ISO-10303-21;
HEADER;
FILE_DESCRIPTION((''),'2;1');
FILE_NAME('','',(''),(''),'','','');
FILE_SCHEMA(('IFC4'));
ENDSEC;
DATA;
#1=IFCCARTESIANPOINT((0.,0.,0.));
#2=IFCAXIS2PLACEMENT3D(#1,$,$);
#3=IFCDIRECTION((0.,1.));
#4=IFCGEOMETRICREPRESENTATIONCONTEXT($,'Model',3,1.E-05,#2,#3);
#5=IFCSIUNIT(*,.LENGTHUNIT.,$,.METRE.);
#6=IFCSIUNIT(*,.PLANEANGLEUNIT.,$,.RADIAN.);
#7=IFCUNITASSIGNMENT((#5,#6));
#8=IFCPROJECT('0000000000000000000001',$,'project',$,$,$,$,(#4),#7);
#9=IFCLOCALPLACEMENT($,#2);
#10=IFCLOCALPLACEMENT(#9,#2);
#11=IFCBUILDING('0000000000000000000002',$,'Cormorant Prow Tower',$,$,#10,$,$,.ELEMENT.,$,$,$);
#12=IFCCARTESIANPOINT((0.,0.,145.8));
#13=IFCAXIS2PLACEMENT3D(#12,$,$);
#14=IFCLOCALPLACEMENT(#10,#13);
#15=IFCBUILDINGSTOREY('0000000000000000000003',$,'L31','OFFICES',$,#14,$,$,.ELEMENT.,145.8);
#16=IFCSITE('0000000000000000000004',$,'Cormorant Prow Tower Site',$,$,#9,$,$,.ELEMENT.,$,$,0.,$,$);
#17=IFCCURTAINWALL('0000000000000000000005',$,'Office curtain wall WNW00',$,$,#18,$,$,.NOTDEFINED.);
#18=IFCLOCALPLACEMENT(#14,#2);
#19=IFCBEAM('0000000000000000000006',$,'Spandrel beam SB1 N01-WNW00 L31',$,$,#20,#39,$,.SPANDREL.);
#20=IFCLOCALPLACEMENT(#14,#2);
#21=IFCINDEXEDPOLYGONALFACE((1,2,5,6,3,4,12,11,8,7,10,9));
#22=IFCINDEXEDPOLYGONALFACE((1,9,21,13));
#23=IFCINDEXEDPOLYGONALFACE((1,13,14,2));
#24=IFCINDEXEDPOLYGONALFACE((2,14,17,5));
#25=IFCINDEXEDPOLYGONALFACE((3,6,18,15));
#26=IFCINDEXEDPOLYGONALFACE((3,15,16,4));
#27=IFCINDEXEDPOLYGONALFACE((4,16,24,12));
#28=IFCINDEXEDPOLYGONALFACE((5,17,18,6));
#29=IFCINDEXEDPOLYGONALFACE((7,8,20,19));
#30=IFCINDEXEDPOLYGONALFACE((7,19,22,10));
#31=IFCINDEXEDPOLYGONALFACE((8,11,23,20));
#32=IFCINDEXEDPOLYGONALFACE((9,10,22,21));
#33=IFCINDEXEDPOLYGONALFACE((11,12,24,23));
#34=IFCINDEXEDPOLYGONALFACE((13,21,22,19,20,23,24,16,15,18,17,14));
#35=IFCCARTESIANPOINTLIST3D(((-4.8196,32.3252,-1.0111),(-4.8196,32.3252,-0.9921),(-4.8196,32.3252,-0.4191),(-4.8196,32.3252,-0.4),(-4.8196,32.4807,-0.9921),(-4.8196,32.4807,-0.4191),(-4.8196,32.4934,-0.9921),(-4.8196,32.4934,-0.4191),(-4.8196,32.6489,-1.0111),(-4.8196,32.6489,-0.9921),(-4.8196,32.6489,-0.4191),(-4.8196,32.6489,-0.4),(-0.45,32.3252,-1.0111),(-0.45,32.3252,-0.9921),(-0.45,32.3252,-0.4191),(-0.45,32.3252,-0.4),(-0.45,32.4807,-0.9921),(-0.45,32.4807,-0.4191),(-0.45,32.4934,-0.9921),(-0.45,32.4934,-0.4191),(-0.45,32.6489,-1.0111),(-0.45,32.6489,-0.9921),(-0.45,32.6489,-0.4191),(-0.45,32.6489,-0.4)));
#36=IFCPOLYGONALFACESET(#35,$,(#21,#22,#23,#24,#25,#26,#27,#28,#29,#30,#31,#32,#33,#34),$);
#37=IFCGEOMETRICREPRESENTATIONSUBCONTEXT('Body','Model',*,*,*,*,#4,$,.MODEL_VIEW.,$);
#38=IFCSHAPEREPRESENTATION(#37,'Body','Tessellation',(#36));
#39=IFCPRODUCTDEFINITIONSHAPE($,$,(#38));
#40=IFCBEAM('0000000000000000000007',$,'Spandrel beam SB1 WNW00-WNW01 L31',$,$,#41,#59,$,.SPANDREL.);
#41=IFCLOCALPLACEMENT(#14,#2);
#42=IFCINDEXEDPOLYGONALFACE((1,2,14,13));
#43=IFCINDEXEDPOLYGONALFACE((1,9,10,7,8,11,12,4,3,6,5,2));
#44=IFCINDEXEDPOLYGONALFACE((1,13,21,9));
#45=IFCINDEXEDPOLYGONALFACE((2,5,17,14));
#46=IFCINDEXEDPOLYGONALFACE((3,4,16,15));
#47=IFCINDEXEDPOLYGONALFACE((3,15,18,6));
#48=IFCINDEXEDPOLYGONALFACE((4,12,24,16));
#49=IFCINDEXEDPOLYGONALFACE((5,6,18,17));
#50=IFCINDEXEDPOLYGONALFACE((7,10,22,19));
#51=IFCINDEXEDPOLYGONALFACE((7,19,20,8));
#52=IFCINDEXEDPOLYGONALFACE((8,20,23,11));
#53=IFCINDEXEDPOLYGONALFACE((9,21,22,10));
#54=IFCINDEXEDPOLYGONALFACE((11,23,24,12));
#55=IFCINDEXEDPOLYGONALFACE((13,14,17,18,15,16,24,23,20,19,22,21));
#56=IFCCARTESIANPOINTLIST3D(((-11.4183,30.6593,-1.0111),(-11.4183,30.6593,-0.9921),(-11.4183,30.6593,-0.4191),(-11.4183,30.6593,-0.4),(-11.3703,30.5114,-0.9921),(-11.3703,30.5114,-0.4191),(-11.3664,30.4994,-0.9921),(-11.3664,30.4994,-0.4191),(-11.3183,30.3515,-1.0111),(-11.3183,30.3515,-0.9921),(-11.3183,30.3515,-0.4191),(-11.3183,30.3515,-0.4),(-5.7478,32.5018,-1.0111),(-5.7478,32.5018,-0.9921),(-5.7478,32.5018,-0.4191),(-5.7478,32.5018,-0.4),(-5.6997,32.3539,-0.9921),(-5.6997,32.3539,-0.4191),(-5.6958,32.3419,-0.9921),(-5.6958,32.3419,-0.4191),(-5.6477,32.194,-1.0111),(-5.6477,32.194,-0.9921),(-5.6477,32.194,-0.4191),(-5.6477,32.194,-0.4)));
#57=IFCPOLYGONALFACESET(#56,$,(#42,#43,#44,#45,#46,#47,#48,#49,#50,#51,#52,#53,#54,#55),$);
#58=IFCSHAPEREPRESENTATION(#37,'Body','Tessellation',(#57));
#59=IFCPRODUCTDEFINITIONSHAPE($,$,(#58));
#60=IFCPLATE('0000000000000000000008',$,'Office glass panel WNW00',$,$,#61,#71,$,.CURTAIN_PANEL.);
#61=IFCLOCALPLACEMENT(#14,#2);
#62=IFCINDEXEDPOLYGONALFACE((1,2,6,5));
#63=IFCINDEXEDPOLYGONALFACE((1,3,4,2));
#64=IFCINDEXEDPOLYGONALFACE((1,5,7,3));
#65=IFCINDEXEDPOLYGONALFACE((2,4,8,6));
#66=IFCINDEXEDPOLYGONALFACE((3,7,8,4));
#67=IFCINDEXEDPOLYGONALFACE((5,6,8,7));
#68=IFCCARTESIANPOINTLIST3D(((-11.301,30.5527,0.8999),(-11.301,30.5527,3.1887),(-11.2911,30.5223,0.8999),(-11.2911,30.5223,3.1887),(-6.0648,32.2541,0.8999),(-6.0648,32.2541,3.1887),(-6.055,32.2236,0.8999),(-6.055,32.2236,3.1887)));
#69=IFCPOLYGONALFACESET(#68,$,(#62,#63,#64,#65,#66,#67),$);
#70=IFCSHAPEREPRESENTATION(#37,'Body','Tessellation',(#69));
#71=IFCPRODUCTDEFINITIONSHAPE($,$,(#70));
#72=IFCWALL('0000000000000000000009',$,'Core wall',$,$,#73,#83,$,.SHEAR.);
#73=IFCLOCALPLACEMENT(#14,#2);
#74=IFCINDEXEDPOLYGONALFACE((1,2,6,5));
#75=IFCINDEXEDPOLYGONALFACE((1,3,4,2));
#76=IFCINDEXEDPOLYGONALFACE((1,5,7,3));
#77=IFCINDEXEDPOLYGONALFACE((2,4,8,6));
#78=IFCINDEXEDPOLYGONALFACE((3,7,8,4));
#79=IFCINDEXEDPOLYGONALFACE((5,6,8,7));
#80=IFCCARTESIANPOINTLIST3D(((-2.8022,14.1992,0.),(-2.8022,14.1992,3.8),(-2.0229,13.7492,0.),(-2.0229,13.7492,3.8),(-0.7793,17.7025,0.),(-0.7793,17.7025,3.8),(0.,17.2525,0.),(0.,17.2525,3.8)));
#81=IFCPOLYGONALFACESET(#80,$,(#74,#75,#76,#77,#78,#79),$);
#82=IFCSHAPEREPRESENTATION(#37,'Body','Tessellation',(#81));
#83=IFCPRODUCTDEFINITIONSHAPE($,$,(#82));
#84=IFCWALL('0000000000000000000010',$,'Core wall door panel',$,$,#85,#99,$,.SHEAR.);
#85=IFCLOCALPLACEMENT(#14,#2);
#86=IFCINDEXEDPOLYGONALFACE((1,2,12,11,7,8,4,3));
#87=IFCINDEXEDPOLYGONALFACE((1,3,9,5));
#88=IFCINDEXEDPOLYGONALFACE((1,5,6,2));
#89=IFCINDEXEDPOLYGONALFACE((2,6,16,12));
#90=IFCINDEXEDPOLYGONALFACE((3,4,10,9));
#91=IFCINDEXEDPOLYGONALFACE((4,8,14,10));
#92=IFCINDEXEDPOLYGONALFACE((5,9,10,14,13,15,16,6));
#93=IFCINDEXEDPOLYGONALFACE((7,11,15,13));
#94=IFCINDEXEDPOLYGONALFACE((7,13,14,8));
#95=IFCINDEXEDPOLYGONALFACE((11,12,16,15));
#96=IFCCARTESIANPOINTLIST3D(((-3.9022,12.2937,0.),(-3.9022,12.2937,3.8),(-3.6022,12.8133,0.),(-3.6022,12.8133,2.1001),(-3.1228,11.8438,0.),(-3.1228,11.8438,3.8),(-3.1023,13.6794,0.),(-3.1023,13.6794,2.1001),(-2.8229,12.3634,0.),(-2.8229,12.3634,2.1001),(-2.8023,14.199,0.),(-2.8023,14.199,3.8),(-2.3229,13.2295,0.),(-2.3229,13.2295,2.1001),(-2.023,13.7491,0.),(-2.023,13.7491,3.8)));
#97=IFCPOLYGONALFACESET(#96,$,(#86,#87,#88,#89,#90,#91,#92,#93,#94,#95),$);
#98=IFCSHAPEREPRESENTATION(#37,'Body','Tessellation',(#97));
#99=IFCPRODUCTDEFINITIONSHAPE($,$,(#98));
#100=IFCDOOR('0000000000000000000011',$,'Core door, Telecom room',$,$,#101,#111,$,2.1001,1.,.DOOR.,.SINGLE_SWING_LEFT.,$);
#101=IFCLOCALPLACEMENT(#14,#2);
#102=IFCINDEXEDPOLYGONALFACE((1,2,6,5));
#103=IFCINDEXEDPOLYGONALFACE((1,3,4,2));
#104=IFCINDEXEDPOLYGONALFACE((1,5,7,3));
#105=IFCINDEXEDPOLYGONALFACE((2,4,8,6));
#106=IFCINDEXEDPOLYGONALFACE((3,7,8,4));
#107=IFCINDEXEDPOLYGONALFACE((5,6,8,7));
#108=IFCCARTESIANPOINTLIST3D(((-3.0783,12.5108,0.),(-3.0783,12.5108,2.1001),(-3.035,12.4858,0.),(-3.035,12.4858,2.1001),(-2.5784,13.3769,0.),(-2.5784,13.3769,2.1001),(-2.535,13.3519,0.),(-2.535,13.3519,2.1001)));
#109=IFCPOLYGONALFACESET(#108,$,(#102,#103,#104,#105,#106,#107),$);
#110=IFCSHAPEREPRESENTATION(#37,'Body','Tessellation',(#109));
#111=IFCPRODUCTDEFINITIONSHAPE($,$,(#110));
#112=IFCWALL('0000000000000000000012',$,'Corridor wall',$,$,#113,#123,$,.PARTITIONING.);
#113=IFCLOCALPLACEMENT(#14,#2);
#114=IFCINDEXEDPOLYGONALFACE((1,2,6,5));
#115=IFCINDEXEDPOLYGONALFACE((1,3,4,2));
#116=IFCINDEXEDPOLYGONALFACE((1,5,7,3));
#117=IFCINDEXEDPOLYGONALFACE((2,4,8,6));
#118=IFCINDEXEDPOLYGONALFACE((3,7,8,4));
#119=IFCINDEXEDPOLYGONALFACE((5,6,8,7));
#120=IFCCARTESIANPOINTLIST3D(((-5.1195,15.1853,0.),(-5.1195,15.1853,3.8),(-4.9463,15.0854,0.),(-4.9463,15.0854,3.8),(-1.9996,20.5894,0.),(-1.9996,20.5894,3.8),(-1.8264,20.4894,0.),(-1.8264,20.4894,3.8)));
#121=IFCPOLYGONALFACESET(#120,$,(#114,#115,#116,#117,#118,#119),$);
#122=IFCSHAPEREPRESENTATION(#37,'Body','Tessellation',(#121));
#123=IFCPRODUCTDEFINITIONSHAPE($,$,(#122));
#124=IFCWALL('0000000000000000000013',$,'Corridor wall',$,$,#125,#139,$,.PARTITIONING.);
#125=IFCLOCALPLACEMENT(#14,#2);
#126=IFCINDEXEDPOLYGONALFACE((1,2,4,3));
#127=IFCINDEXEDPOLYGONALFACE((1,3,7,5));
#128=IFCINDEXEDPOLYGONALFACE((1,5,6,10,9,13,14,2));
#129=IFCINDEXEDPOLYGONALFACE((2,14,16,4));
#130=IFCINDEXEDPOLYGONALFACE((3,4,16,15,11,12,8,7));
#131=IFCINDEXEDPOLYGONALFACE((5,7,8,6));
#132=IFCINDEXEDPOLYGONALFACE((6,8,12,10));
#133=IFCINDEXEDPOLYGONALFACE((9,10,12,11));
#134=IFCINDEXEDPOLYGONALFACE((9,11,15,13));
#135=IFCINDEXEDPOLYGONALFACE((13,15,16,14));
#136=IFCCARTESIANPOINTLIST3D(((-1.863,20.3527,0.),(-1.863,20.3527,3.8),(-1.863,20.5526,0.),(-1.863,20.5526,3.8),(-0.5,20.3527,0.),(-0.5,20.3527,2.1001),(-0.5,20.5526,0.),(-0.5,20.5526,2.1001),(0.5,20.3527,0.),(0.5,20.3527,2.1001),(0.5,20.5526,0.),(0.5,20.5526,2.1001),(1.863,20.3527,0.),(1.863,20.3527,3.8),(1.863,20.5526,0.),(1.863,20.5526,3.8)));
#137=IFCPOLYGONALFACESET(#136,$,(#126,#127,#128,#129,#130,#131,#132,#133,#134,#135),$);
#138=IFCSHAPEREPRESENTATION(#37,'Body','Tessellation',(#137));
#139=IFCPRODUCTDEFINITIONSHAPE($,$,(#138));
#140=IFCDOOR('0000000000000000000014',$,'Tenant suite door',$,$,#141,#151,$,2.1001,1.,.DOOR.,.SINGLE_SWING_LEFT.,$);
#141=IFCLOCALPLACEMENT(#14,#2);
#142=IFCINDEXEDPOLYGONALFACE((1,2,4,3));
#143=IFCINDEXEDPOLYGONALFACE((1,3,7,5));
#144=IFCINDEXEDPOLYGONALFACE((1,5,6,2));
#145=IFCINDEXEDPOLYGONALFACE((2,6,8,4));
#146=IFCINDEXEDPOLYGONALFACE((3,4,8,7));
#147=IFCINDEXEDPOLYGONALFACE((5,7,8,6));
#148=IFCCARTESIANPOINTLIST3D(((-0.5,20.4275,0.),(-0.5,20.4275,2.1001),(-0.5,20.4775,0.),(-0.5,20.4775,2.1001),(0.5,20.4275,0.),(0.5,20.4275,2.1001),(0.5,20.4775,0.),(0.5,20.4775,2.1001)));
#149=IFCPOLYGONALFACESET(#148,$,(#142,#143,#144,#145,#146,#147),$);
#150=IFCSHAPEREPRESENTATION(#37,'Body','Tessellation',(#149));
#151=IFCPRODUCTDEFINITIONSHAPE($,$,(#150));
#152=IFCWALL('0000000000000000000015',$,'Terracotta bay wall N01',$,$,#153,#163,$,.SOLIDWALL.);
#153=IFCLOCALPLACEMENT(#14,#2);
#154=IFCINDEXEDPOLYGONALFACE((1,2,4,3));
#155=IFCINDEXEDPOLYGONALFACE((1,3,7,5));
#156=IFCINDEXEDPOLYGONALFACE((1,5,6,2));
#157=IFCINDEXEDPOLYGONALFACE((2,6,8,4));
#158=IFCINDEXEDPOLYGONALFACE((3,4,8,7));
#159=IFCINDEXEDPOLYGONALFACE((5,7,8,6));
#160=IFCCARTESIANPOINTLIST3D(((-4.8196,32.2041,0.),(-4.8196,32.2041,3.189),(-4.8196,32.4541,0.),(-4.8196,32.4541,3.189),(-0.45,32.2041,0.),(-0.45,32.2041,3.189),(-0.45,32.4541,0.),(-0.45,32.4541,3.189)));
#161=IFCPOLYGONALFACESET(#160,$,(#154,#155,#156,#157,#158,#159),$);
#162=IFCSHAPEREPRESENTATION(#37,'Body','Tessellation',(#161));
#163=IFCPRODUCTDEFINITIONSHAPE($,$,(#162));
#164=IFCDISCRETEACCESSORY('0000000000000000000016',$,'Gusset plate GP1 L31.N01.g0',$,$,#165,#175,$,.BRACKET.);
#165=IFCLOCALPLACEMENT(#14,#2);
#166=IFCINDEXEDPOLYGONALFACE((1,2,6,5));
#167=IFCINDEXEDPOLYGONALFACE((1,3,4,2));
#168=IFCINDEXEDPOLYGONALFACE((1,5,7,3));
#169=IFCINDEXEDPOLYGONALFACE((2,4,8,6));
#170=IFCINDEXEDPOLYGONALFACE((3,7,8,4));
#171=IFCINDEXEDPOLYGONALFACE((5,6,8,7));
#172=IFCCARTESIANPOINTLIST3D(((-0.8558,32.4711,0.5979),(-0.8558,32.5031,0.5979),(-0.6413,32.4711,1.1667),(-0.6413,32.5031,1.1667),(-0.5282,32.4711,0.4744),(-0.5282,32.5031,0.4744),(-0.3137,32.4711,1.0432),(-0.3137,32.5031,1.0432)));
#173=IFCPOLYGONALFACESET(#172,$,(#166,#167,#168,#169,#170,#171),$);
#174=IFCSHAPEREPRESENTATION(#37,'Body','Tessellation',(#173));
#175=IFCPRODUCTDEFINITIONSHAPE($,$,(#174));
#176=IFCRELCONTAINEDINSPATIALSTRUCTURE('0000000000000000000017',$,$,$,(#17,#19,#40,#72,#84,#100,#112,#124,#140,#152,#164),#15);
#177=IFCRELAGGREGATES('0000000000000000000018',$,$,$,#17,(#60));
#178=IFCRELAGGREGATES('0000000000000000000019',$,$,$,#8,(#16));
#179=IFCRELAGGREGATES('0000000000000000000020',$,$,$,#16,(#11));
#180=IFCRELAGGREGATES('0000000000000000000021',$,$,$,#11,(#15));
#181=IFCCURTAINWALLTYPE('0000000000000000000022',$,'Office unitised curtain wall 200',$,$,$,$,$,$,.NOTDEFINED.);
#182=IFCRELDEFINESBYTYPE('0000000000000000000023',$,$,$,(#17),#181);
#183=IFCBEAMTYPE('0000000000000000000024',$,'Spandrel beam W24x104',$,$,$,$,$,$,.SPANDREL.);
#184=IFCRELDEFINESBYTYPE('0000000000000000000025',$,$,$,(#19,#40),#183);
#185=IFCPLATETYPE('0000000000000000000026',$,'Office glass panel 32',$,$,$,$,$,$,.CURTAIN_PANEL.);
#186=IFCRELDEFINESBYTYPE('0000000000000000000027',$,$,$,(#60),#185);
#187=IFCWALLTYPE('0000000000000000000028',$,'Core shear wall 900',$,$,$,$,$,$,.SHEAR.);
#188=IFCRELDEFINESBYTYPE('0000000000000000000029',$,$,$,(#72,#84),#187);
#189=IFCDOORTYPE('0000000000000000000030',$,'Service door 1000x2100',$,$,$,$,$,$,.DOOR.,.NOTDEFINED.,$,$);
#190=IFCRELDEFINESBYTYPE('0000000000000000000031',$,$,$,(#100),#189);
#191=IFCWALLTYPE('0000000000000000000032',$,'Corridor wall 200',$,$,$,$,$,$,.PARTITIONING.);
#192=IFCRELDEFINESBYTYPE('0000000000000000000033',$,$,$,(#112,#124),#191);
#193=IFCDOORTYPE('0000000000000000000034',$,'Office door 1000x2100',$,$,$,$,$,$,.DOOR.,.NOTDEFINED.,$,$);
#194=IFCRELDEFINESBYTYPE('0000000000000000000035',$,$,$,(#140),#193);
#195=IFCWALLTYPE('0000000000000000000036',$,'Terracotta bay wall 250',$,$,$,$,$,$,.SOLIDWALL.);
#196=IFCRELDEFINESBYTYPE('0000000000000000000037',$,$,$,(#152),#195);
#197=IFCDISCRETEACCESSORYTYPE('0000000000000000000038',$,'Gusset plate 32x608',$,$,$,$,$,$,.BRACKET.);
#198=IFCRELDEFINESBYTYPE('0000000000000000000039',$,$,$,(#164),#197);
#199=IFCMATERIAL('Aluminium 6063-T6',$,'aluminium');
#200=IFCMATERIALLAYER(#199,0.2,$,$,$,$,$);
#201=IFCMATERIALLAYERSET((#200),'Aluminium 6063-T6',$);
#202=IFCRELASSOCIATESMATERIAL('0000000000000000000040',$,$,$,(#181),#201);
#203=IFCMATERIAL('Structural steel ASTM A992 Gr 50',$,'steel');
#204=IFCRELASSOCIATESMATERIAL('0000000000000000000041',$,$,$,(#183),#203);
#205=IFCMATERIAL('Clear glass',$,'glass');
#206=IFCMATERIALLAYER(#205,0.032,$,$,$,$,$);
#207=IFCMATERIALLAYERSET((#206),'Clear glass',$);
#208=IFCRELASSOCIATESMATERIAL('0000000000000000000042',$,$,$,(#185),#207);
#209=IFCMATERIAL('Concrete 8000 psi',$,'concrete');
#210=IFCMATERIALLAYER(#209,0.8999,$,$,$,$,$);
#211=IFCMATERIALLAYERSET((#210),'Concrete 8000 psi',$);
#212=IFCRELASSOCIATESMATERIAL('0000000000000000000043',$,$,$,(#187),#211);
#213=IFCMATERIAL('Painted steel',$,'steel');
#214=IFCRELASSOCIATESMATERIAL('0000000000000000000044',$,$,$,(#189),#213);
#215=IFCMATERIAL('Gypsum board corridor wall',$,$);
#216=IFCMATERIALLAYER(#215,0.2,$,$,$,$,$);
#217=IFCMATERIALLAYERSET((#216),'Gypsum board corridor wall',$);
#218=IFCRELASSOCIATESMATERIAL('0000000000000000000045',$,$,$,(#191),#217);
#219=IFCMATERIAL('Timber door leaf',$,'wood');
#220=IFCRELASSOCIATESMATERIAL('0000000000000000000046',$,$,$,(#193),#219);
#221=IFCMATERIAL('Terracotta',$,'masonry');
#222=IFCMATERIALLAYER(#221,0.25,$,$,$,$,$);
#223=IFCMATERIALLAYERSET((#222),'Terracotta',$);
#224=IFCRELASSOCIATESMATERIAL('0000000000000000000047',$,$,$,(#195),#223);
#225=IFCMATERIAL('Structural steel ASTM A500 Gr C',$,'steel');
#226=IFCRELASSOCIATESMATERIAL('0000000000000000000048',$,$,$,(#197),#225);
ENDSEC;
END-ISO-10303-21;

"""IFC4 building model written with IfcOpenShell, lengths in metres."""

from ifc_helpers import new_model, si_unit, direction, frame, frame_2d, origin, origin_2d, place, context, subcontext, project, spatial, rectangle, i_section, extrude, material, layer, layer_set, material_profile, profile_set, type_object, element, fill, aggregate, save


model = new_model("IFC4")

# Units and contexts
model_context = context("Model", 3, precision=1e-05, world=origin(), true_north=direction((0.0, 1.0)))
body_context = subcontext(model_context, "Body", "Model", "MODEL_VIEW")
ifc_project = project(units=[si_unit("LENGTHUNIT", "METRE"), si_unit("PLANEANGLEUNIT", "RADIAN")], contexts=[model_context])

# Site, building, storey
site_placement = place(None, origin())
site = spatial("IfcSite", under=ifc_project, at=site_placement, Name="Cormorant Prow Tower Site", CompositionType="ELEMENT", RefElevation=0.0)
building_placement = place(site_placement, origin())
building = spatial("IfcBuilding", under=site, at=building_placement, Name="Cormorant Prow Tower", CompositionType="ELEMENT")
storey_placement = place(building_placement, frame((0.0, 0.0, 145.8)))
storey = spatial("IfcBuildingStorey", under=building, at=storey_placement, Name="L31", Description="OFFICES", CompositionType="ELEMENT", Elevation=145.8)

# Curtain wall
ifc_material_1 = material(Name="Aluminium 6063-T6", Category="aluminium")
ifc_layer_1 = layer(ifc_material_1, 0.2)
ifc_layer_set_1 = layer_set([ifc_layer_1], Name="Aluminium 6063-T6")
curtain_wall_type = type_object("IfcCurtainWallType", Name="Office unitised curtain wall 200", PredefinedType="NOTDEFINED", material=ifc_layer_set_1)
curtain_wall_placement = place(storey_placement, origin())
curtain_wall = element("IfcCurtainWall", 1, at=curtain_wall_placement, inside=storey, type_object=curtain_wall_type, Name="Office curtain wall WNW00", PredefinedType="NOTDEFINED")

# Beams
ifc_material_2 = material(Name="Structural steel ASTM A992 Gr 50", Category="steel")
ifc_material_profile_1 = material_profile(ifc_material_2, i_section(OverallWidth=0.3237, OverallDepth=0.6111, WebThickness=0.0127, FlangeThickness=0.019, at=origin_2d()), Name="W24x104")
ifc_profile_set_1 = profile_set([ifc_material_profile_1], Name="Structural steel ASTM A992 Gr 50")
beam_type_1 = type_object("IfcBeamType", Name="Spandrel beam W24x104", PredefinedType="SPANDREL", material=ifc_profile_set_1)
beam_1_placement = place(storey_placement, frame((-0.45, 32.4871, -0.7056), z_axis=(-1.0, 0.0, 0.0), x_axis=(0.0, -1.0, 0.0)))
element("IfcBeam", 2, at=beam_1_placement, inside=storey, type_object=beam_type_1, Name="Spandrel beam SB1 N01-WNW00 L31", PredefinedType="SPANDREL", context=body_context, shape_type="SweptSolid", body=[
    extrude(i_section(OverallWidth=0.3237, OverallDepth=0.6111, WebThickness=0.0127, FlangeThickness=0.019, at=origin_2d()), origin(), (0.0, 0.0, 1.0), 4.3696),
])
beam_2_placement = place(storey_placement, frame((-5.6978, 32.3479, -0.7056), z_axis=(-0.951055, -0.30902, 0.0), x_axis=(0.30902, -0.951055, 0.0)))
element("IfcBeam", 3, at=beam_2_placement, inside=storey, type_object=beam_type_1, Name="Spandrel beam SB1 WNW00-WNW01 L31", PredefinedType="SPANDREL", context=body_context, shape_type="SweptSolid", body=[
    extrude(i_section(OverallWidth=0.3237, OverallDepth=0.6111, WebThickness=0.0127, FlangeThickness=0.019, at=origin_2d()), origin(), (0.0, 0.0, 1.0), 5.9624),
])

# Plate
ifc_material_3 = material(Name="Clear glass", Category="glass")
ifc_layer_2 = layer(ifc_material_3, 0.032)
ifc_layer_set_2 = layer_set([ifc_layer_2], Name="Clear glass")
plate_type = type_object("IfcPlateType", Name="Office glass panel 32", PredefinedType="CURTAIN_PANEL", material=ifc_layer_set_2)
plate_placement = place(storey_placement, frame((-8.678, 31.3882, 0.8999), z_axis=(0.0, 0.0, 1.0), x_axis=(-0.951057, -0.309017, 0.0)))
plate = element("IfcPlate", 4, at=plate_placement, type_object=plate_type, Name="Office glass panel WNW00", PredefinedType="CURTAIN_PANEL", context=body_context, shape_type="SweptSolid", body=[
    extrude(rectangle(XDim=5.5056, YDim=0.032, at=origin_2d()), origin(), (0.0, 0.0, 1.0), 2.2888),
])
aggregate(curtain_wall, [plate])

# Wall
ifc_material_4 = material(Name="Concrete 8000 psi", Category="concrete")
ifc_layer_3 = layer(ifc_material_4, 0.8999)
ifc_layer_set_3 = layer_set([ifc_layer_3], Name="Concrete 8000 psi")
wall_type_1 = type_object("IfcWallType", Name="Core shear wall 900", PredefinedType="SHEAR", material=ifc_layer_set_3)
wall_1_placement = place(storey_placement, frame((-0.3896, 17.4775, 0.0), z_axis=(0.0, 0.0, 1.0), x_axis=(-0.500046, -0.865999, 0.0)))
element("IfcWall", 5, at=wall_1_placement, inside=storey, type_object=wall_type_1, Name="Core wall", PredefinedType="SHEAR", context=body_context, shape_type="SweptSolid", body=[
    extrude(rectangle(XDim=4.0454, YDim=0.8999, at=frame_2d((2.0227, 0.0))), origin(), (0.0, 0.0, 1.0), 3.8),
])

# Wall, opening, door
wall_2_placement = place(storey_placement, frame((-2.4126, 13.9741, 0.0), z_axis=(0.0, 0.0, 1.0), x_axis=(-0.499947, -0.866056, 0.0)))
wall_2 = element("IfcWall", 6, at=wall_2_placement, inside=storey, type_object=wall_type_1, Name="Core wall door panel", PredefinedType="SHEAR", context=body_context, shape_type="SweptSolid", body=[
    extrude(rectangle(XDim=2.2, YDim=0.8999, at=frame_2d((1.1001, 0.0))), origin(), (0.0, 0.0, 1.0), 3.8),
])
opening_1_placement = place(wall_2_placement, frame((0.6001, 0.0, 0.0)))
opening_1 = element("IfcOpeningElement", 7, at=opening_1_placement, cuts=wall_2, PredefinedType="OPENING", context=body_context, shape_type="SweptSolid", body=[
    extrude(rectangle(XDim=1.0, YDim=2.1001, at=frame_2d((0.5, 1.05))), frame((0.0, 0.46, 0.0), z_axis=(0.0, -1.0, 0.0), x_axis=(1.0, 0.0, 0.0)), (0.0, 0.0, 1.0), 0.9199),
])
ifc_material_5 = material(Name="Painted steel", Category="steel")
door_type_1 = type_object("IfcDoorType", Name="Service door 1000x2100", OperationType="NOTDEFINED", PredefinedType="DOOR", material=ifc_material_5)
door_1_placement = place(opening_1_placement, origin())
door_1 = element("IfcDoor", 8, at=door_1_placement, inside=storey, type_object=door_type_1, Name="Core door, Telecom room", OperationType="SINGLE_SWING_LEFT", OverallHeight=2.1001, OverallWidth=1.0, PredefinedType="DOOR", context=body_context, shape_type="SweptSolid", body=[
    extrude(rectangle(XDim=1.0, YDim=2.1001, at=frame_2d((0.5, 1.05))), frame((0.0, 0.2051, 0.0), z_axis=(0.0, -1.0, 0.0), x_axis=(1.0, 0.0, 0.0)), (0.0, 0.0, 1.0), 0.05),
])
fill(opening_1, door_1)

# Wall
ifc_material_6 = material(Name="Gypsum board corridor wall")
ifc_layer_4 = layer(ifc_material_6, 0.2)
ifc_layer_set_4 = layer_set([ifc_layer_4], Name="Gypsum board corridor wall")
wall_type_2 = type_object("IfcWallType", Name="Corridor wall 200", PredefinedType="PARTITIONING", material=ifc_layer_set_4)
wall_3_placement = place(storey_placement, frame((-5.033, 15.1353, 0.0), z_axis=(0.0, 0.0, 1.0), x_axis=(0.499981, 0.866036, 0.0)))
element("IfcWall", 9, at=wall_3_placement, inside=storey, type_object=wall_type_2, Name="Corridor wall", PredefinedType="PARTITIONING", context=body_context, shape_type="SweptSolid", body=[
    extrude(rectangle(XDim=6.24, YDim=0.2, at=frame_2d((3.1201, 0.0))), origin(), (0.0, 0.0, 1.0), 3.8),
])

# Wall, opening, door
wall_4_placement = place(storey_placement, frame((-1.863, 20.4526, 0.0), z_axis=(0.0, 0.0, 1.0), x_axis=(1.0, 0.0, 0.0)))
wall_4 = element("IfcWall", 10, at=wall_4_placement, inside=storey, type_object=wall_type_2, Name="Corridor wall", PredefinedType="PARTITIONING", context=body_context, shape_type="SweptSolid", body=[
    extrude(rectangle(XDim=3.7261, YDim=0.2, at=frame_2d((1.863, 0.0))), origin(), (0.0, 0.0, 1.0), 3.8),
])
opening_2_placement = place(wall_4_placement, frame((1.363, 0.0, 0.0)))
opening_2 = element("IfcOpeningElement", 11, at=opening_2_placement, cuts=wall_4, PredefinedType="OPENING", context=body_context, shape_type="SweptSolid", body=[
    extrude(rectangle(XDim=1.0, YDim=2.1001, at=frame_2d((0.5, 1.05))), frame((0.0, 0.1099, 0.0), z_axis=(0.0, -1.0, 0.0), x_axis=(1.0, 0.0, 0.0)), (0.0, 0.0, 1.0), 0.22),
])
ifc_material_7 = material(Name="Timber door leaf", Category="wood")
door_type_2 = type_object("IfcDoorType", Name="Office door 1000x2100", OperationType="NOTDEFINED", PredefinedType="DOOR", material=ifc_material_7)
door_2_placement = place(opening_2_placement, origin())
door_2 = element("IfcDoor", 12, at=door_2_placement, inside=storey, type_object=door_type_2, Name="Tenant suite door", OperationType="SINGLE_SWING_LEFT", OverallHeight=2.1001, OverallWidth=1.0, PredefinedType="DOOR", context=body_context, shape_type="SweptSolid", body=[
    extrude(rectangle(XDim=1.0, YDim=2.1001, at=frame_2d((0.5, 1.05))), frame((0.0, 0.0249, 0.0), z_axis=(0.0, -1.0, 0.0), x_axis=(1.0, 0.0, 0.0)), (0.0, 0.0, 1.0), 0.05),
])
fill(opening_2, door_2)

# Wall
ifc_material_8 = material(Name="Terracotta", Category="masonry")
ifc_layer_5 = layer(ifc_material_8, 0.25)
ifc_layer_set_5 = layer_set([ifc_layer_5], Name="Terracotta")
wall_type_3 = type_object("IfcWallType", Name="Terracotta bay wall 250", PredefinedType="SOLIDWALL", material=ifc_layer_set_5)
wall_5_placement = place(storey_placement, frame((-0.45, 32.3291, 0.0), z_axis=(0.0, 0.0, 1.0), x_axis=(-1.0, 0.0, 0.0)))
element("IfcWall", 13, at=wall_5_placement, inside=storey, type_object=wall_type_3, Name="Terracotta bay wall N01", PredefinedType="SOLIDWALL", context=body_context, shape_type="SweptSolid", body=[
    extrude(rectangle(XDim=4.3696, YDim=0.25, at=frame_2d((2.1848, 0.0))), origin(), (0.0, 0.0, 1.0), 3.189),
])

# Discrete accessory
ifc_material_9 = material(Name="Structural steel ASTM A500 Gr C", Category="steel")
ifc_material_profile_2 = material_profile(ifc_material_9, rectangle(XDim=0.032, YDim=0.6079, at=origin_2d()), Name="Gusset plate 32x608")
ifc_profile_set_2 = profile_set([ifc_material_profile_2], Name="Structural steel ASTM A500 Gr C")
discrete_accessory_type = type_object("IfcDiscreteAccessoryType", Name="Gusset plate 32x608", PredefinedType="BRACKET", material=ifc_profile_set_2)
discrete_accessory_1_placement = place(storey_placement, frame((-0.7485, 32.4871, 0.8823), z_axis=(0.935697, 0.0, -0.352804), x_axis=(0.0, 1.0, 0.0)))
element("IfcDiscreteAccessory", 14, at=discrete_accessory_1_placement, inside=storey, type_object=discrete_accessory_type, Name="Gusset plate GP1 L31.N01.g0", PredefinedType="BRACKET", context=body_context, shape_type="SweptSolid", body=[
    extrude(rectangle(XDim=0.032, YDim=0.6079, at=origin_2d()), origin(), (0.0, 0.0, 1.0), 0.3501),
])

save(model, "model.ifc")
